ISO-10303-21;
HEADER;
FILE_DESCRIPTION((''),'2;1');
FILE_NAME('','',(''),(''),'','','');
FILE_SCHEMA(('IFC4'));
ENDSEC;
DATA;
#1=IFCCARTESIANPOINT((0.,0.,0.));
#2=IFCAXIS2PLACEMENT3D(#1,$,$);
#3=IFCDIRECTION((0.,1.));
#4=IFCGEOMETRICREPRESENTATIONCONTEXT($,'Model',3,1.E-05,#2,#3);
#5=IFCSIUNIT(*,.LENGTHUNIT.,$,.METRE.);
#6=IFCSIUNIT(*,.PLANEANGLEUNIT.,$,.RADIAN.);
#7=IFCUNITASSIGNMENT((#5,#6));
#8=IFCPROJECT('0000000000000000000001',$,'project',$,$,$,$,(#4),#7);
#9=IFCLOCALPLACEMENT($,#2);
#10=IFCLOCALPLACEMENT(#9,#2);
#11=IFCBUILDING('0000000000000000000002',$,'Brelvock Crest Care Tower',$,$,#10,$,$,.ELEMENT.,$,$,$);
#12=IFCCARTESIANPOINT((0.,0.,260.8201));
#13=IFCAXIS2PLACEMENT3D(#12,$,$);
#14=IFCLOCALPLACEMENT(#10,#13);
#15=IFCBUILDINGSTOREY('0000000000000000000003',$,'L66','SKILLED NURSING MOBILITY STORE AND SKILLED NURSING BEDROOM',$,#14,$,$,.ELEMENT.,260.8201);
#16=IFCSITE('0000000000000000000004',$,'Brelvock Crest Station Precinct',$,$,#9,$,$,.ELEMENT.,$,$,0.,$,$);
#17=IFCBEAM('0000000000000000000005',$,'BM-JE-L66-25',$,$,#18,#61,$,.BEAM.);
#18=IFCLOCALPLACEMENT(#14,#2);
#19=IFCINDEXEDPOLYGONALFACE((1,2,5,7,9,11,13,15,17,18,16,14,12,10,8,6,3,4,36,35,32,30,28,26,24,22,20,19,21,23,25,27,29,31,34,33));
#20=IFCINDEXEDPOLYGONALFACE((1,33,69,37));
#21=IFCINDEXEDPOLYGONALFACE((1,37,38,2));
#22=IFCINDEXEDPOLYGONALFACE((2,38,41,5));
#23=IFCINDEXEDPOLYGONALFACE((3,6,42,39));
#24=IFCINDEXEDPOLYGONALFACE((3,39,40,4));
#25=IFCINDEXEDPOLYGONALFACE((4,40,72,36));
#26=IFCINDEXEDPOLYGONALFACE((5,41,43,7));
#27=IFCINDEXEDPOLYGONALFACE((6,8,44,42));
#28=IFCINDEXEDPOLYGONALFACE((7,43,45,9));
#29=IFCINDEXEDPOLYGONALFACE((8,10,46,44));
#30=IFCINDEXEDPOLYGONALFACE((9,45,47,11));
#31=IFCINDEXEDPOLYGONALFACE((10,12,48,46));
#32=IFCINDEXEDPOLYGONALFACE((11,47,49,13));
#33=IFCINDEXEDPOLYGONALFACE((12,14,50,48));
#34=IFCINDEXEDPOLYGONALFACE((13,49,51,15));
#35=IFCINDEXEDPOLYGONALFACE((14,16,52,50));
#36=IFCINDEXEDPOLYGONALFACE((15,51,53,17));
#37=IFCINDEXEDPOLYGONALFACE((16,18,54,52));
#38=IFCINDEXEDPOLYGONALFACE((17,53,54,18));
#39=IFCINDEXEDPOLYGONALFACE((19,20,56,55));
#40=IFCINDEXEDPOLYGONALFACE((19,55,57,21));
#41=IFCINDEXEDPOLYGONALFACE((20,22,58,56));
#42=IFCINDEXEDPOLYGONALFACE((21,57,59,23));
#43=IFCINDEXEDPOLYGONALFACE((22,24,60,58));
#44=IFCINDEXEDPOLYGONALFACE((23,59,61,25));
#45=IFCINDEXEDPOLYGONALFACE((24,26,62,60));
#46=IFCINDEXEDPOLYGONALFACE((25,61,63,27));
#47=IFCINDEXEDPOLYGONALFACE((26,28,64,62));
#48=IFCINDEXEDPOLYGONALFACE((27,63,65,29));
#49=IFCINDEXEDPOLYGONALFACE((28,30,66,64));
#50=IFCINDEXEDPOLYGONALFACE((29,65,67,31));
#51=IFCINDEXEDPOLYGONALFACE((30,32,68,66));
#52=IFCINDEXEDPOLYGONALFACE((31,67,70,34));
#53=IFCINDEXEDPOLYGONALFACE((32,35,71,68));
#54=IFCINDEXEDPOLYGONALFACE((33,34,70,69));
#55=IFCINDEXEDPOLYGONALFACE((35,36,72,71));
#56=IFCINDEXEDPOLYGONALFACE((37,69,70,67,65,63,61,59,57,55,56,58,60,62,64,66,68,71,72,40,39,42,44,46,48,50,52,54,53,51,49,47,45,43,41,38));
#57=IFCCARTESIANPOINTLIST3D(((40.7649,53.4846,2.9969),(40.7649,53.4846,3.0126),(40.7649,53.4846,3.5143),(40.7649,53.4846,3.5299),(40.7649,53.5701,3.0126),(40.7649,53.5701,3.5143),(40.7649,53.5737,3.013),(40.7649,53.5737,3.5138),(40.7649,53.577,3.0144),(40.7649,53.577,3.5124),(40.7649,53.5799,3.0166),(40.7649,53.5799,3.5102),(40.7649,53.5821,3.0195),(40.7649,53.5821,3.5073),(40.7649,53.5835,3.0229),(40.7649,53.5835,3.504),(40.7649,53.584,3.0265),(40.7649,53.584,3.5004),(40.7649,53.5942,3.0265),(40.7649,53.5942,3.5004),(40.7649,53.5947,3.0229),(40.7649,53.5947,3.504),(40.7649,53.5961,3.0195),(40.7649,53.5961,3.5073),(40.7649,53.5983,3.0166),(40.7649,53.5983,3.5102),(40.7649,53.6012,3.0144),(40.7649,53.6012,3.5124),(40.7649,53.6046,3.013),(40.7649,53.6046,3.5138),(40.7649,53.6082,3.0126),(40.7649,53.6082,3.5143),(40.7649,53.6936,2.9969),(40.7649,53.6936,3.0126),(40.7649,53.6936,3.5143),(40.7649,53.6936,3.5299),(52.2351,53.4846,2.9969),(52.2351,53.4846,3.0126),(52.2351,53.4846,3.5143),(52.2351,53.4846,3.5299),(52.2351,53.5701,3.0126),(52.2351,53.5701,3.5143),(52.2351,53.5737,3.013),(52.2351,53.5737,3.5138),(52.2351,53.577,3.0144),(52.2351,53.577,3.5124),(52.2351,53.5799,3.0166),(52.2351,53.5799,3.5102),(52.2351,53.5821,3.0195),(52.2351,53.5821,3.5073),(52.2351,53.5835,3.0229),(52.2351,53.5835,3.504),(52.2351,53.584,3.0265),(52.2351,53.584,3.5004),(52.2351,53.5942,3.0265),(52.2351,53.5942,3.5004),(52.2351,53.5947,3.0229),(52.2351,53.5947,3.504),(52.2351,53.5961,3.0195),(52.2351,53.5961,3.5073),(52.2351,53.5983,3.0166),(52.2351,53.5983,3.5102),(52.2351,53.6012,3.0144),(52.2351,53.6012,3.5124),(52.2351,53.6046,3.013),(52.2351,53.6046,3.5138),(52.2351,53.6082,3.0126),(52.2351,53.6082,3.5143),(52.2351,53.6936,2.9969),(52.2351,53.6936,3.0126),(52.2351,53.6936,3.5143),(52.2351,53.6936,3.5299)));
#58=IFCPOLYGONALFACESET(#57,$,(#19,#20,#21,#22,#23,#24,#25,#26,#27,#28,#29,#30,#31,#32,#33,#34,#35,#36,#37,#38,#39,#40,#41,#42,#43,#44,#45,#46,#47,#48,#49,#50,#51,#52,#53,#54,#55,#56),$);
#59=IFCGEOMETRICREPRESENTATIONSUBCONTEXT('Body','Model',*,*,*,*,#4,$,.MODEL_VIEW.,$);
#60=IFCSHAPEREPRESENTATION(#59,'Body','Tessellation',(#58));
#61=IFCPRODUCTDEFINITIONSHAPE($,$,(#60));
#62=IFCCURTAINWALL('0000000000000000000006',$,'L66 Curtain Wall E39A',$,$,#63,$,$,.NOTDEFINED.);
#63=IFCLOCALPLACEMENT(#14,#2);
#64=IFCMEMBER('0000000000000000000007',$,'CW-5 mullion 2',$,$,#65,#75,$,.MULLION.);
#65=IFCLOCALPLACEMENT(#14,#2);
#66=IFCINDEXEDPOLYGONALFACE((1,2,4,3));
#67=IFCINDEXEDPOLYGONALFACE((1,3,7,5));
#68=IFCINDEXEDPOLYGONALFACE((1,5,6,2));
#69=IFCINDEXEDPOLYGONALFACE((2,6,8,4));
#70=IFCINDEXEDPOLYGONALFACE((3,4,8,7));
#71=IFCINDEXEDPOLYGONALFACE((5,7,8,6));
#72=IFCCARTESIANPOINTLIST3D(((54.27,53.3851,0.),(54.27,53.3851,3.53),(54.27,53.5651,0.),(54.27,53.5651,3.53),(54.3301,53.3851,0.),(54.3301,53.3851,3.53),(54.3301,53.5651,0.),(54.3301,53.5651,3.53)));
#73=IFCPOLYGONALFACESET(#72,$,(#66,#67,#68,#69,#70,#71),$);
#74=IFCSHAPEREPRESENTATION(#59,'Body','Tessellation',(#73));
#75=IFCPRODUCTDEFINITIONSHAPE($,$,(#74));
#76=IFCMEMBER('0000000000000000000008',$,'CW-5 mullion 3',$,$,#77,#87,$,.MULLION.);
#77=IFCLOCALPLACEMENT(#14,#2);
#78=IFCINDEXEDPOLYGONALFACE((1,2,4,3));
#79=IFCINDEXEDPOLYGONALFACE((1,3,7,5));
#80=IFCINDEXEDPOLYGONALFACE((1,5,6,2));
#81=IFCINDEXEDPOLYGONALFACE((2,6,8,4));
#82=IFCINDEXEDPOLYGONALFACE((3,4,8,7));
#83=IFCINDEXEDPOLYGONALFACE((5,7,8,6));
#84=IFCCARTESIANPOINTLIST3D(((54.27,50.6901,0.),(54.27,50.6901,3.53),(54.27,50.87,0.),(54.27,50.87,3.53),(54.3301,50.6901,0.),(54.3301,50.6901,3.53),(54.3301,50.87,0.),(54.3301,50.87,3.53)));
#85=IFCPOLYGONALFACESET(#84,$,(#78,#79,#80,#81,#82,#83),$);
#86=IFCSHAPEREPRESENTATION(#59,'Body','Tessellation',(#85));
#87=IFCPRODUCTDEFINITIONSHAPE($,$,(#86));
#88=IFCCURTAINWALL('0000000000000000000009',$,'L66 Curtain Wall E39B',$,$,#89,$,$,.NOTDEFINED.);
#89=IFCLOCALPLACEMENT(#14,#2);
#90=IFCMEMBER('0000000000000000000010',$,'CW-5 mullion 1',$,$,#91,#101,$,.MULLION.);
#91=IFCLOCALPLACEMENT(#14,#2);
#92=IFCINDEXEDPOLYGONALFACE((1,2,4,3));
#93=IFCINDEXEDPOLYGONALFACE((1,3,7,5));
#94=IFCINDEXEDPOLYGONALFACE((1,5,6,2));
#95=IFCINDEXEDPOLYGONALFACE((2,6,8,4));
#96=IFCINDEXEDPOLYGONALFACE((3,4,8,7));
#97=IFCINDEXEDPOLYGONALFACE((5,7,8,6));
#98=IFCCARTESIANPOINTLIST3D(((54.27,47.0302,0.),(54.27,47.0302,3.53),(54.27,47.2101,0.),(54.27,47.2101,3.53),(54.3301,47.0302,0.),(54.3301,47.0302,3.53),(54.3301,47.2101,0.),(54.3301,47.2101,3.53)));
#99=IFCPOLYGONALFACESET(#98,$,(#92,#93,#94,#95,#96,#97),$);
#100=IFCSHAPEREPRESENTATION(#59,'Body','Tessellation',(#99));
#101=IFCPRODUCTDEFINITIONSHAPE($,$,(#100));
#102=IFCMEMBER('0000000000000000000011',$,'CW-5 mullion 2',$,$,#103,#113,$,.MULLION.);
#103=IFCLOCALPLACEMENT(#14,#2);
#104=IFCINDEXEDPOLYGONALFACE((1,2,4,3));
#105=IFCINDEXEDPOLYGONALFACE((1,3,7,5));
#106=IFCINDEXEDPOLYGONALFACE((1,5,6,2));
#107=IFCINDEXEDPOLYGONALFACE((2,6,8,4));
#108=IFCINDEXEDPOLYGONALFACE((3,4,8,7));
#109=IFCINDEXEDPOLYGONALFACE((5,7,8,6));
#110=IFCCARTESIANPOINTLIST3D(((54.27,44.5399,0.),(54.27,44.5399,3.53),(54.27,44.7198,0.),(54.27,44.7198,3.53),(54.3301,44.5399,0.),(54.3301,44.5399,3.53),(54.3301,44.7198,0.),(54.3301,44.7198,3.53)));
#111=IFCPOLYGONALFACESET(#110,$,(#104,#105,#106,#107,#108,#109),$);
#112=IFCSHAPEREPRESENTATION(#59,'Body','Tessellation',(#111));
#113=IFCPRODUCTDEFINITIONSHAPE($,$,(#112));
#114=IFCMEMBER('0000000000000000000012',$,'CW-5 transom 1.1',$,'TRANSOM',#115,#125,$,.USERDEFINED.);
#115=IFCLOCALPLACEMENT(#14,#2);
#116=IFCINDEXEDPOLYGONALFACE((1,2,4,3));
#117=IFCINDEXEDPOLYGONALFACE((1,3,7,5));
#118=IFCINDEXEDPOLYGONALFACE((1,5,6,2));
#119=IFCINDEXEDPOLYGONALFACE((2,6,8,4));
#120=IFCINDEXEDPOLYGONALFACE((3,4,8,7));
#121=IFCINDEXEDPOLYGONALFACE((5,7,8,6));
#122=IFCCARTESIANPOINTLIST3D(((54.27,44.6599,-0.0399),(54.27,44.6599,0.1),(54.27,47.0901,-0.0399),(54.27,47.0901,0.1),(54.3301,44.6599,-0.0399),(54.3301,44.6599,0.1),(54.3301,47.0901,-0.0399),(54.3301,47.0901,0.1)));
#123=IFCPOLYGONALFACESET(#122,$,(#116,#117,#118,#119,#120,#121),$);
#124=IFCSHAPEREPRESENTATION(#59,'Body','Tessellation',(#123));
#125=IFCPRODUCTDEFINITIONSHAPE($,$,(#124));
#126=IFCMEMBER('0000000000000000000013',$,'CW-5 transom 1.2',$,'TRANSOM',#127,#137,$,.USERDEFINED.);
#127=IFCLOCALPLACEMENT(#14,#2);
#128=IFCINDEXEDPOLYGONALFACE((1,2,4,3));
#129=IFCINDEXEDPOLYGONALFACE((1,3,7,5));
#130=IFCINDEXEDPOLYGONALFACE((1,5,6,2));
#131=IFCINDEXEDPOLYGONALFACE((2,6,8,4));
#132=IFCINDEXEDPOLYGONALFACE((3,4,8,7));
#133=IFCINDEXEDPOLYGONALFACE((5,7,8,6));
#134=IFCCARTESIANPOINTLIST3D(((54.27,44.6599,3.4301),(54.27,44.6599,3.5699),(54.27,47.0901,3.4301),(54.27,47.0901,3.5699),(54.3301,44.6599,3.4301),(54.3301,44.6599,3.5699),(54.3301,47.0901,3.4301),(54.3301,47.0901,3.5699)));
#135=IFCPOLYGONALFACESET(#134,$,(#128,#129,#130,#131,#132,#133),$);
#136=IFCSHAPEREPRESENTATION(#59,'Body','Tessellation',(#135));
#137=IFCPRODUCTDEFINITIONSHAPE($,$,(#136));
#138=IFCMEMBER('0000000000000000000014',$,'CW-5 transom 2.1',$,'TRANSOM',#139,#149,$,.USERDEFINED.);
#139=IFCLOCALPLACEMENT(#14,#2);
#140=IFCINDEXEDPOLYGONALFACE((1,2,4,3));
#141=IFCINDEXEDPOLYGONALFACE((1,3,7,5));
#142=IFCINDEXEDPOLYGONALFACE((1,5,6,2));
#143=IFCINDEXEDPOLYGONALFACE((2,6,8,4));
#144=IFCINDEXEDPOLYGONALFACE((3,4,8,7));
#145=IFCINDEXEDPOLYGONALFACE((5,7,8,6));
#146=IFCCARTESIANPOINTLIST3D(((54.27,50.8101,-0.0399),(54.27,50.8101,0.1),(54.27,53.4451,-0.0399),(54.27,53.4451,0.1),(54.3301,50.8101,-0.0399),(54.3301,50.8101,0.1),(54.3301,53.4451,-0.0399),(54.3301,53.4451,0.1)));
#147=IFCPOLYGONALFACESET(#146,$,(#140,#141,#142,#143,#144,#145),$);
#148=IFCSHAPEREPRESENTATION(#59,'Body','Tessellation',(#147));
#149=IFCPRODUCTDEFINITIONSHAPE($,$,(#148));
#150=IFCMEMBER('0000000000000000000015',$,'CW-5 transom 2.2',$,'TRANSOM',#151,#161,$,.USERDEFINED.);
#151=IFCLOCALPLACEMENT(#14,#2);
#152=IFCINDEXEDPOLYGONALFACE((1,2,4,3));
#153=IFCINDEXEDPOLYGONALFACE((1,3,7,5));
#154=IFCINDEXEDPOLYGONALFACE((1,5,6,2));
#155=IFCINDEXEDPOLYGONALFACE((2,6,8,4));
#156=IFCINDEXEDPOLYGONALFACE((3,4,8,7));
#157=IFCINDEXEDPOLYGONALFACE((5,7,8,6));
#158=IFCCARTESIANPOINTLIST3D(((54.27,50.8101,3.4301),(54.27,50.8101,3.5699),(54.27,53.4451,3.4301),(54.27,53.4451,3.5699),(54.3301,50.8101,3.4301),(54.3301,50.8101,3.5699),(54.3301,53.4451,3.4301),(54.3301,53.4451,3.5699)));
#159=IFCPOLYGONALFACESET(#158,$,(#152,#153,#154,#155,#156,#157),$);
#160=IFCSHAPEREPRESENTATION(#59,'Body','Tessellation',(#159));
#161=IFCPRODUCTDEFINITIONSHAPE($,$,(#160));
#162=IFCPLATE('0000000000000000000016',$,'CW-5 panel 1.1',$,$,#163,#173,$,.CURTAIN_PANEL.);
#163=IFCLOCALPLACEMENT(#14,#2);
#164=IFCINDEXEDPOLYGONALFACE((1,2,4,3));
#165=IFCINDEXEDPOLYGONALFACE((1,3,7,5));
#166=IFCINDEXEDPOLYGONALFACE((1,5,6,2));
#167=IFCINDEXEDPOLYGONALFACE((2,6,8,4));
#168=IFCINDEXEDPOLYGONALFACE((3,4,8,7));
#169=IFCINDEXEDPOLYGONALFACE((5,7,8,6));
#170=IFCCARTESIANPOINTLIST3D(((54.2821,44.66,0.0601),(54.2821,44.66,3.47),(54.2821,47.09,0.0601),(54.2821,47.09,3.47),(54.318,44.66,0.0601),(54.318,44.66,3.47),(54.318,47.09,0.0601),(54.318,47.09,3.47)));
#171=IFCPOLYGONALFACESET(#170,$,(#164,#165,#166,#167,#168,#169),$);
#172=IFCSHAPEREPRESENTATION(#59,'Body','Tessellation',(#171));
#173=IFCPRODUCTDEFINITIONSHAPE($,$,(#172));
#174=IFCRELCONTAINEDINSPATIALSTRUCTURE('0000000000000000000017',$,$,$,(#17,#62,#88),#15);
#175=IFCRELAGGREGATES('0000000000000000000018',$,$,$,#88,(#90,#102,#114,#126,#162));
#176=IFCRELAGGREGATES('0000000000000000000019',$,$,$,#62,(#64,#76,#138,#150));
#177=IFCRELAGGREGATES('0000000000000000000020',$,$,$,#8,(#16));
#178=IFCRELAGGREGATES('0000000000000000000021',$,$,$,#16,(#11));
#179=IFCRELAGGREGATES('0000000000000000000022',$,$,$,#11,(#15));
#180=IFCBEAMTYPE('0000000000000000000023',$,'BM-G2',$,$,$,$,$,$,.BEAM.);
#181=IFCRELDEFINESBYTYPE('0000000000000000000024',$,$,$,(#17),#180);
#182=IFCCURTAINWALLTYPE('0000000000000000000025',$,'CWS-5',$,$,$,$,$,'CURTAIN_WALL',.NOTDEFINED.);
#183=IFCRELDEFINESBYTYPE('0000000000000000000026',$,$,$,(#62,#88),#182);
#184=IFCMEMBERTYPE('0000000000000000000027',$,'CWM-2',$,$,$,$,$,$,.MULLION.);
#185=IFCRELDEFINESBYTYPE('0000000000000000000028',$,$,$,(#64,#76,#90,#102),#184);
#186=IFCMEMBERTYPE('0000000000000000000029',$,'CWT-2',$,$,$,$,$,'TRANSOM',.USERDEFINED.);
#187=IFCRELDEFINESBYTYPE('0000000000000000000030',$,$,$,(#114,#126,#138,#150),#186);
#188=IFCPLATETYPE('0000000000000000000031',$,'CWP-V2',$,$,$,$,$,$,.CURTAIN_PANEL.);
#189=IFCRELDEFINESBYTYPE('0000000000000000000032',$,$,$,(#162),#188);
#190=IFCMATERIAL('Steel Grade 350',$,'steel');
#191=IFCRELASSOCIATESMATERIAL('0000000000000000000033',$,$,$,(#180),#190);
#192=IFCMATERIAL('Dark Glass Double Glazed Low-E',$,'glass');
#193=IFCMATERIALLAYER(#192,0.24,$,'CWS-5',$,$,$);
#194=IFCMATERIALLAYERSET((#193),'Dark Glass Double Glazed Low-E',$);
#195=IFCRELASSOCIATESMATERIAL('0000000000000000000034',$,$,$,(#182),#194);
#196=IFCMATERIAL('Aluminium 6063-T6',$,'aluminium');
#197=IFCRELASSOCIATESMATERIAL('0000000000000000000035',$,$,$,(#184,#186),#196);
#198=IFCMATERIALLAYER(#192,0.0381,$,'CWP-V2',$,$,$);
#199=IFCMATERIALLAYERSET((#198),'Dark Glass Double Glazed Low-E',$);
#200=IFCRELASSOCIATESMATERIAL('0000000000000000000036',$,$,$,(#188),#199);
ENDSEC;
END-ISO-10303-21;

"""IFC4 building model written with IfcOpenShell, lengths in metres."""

from ifc_helpers import new_model, si_unit, direction, frame, origin, origin_2d, place, context, subcontext, project, spatial, rectangle, i_section, extrude, source, transform, mapped, material, layer, layer_set, material_profile, profile_set, type_object, element, aggregate, save


model = new_model("IFC4")

# Units and contexts
model_context = context("Model", 3, precision=1e-05, world=origin(), true_north=direction((0.0, 1.0)))
body_context = subcontext(model_context, "Body", "Model", "MODEL_VIEW")
ifc_project = project(units=[si_unit("LENGTHUNIT", "METRE"), si_unit("PLANEANGLEUNIT", "RADIAN")], contexts=[model_context])

# Site, building, storey
site_placement = place(None, origin())
site = spatial("IfcSite", under=ifc_project, at=site_placement, Name="Brelvock Crest Station Precinct", CompositionType="ELEMENT", RefElevation=0.0)
building_placement = place(site_placement, origin())
building = spatial("IfcBuilding", under=site, at=building_placement, Name="Brelvock Crest Care Tower", CompositionType="ELEMENT")
storey_placement = place(building_placement, frame((0.0, 0.0, 260.8201)))
storey = spatial("IfcBuildingStorey", under=building, at=storey_placement, Name="L66", Description="SKILLED NURSING MOBILITY STORE AND SKILLED NURSING BEDROOM", CompositionType="ELEMENT", Elevation=260.8201)

# Shared definitions
ifc_material_1 = material(Name="Steel Grade 350", Category="steel")

# Beam
ifc_material_profile_1 = material_profile(ifc_material_1, i_section(OverallWidth=0.209, OverallDepth=0.533, WebThickness=0.0103, FlangeThickness=0.0156, FilletRadius=0.0139, at=origin_2d()), Name="530UB92.4")
ifc_profile_set_1 = profile_set([ifc_material_profile_1], Name="Steel Grade 350")
beam_type_1 = type_object("IfcBeamType", Name="BM-G2", PredefinedType="BEAM", material=ifc_profile_set_1)
shared_shape_1 = source(origin(), body_context, "Body", "SweptSolid", [
    extrude(i_section(OverallWidth=0.209, OverallDepth=0.533, WebThickness=0.0103, FlangeThickness=0.0156, FilletRadius=0.0139, at=origin_2d()), origin(), (0.0, 0.0, 1.0), 11.4702),
])
for number, where, z_axis, x_axis, name in (
    (1, (40.7649, 53.5891, 3.2634), (1.0, 0.0, 0.0), (0.0, 1.0, 0.0), "BM-JE-L66-25"),
):
    element("IfcBeam", number, at=place(storey_placement, frame(where, z_axis=z_axis, x_axis=x_axis)), inside=storey, type_object=beam_type_1, Name=name, PredefinedType="BEAM", context=body_context, shape_type="MappedRepresentation", body=[
        mapped(shared_shape_1, transform((0.0, 0.0, 0.0), x_axis=(1.0, 0.0, 0.0), y_axis=(0.0, 1.0, 0.0), z_axis=(0.0, 0.0, 1.0), scale=1.0)),
    ])

# Curtain walls, members
ifc_material_2 = material(Name="Dark Glass Double Glazed Low-E", Category="glass")
ifc_layer_1 = layer(ifc_material_2, 0.24, Name="CWS-5")
ifc_layer_set_1 = layer_set([ifc_layer_1], Name="Dark Glass Double Glazed Low-E")
curtain_wall_type = type_object("IfcCurtainWallType", Name="CWS-5", ElementType="CURTAIN_WALL", PredefinedType="NOTDEFINED", material=ifc_layer_set_1)
curtain_wall_1_placement = place(storey_placement, origin())
curtain_wall_1 = element("IfcCurtainWall", 2, at=curtain_wall_1_placement, inside=storey, type_object=curtain_wall_type, Name="L66 Curtain Wall E39A", PredefinedType="NOTDEFINED")
ifc_material_3 = material(Name="Aluminium 6063-T6", Category="aluminium")
ifc_material_profile_2 = material_profile(ifc_material_3, rectangle(XDim=0.0601, YDim=0.1799, at=origin_2d()), Name="ALU60x180")
ifc_profile_set_2 = profile_set([ifc_material_profile_2], Name="Aluminium 6063-T6")
member_type_1 = type_object("IfcMemberType", Name="CWM-2", PredefinedType="MULLION", material=ifc_profile_set_2)
shared_shape_2 = source(origin(), body_context, "Body", "SweptSolid", [
    extrude(rectangle(XDim=0.0601, YDim=0.1799, at=origin_2d()), origin(), (0.0, 0.0, 1.0), 3.53),
])
member_1_placement = place(storey_placement, frame((54.3, 53.4751, 0.0), z_axis=(0.0, 0.0, 1.0), x_axis=(1.0, 0.0, 0.0)))
member_1 = element("IfcMember", 3, at=member_1_placement, type_object=member_type_1, Name="CW-5 mullion 2", PredefinedType="MULLION", context=body_context, shape_type="MappedRepresentation", body=[
    mapped(shared_shape_2, transform((0.0, 0.0, 0.0), x_axis=(1.0, 0.0, 0.0), y_axis=(0.0, 1.0, 0.0), z_axis=(0.0, 0.0, 1.0), scale=1.0)),
])
member_2_placement = place(storey_placement, frame((54.3, 50.78, 0.0), z_axis=(0.0, 0.0, 1.0), x_axis=(1.0, 0.0, 0.0)))
member_2 = element("IfcMember", 4, at=member_2_placement, type_object=member_type_1, Name="CW-5 mullion 3", PredefinedType="MULLION", context=body_context, shape_type="MappedRepresentation", body=[
    mapped(shared_shape_2, transform((0.0, 0.0, 0.0), x_axis=(1.0, 0.0, 0.0), y_axis=(0.0, 1.0, 0.0), z_axis=(0.0, 0.0, 1.0), scale=1.0)),
])
curtain_wall_2_placement = place(storey_placement, origin())
curtain_wall_2 = element("IfcCurtainWall", 5, at=curtain_wall_2_placement, inside=storey, type_object=curtain_wall_type, Name="L66 Curtain Wall E39B", PredefinedType="NOTDEFINED")
member_3_placement = place(storey_placement, frame((54.3, 47.1201, 0.0), z_axis=(0.0, 0.0, 1.0), x_axis=(1.0, 0.0, 0.0)))
member_3 = element("IfcMember", 6, at=member_3_placement, type_object=member_type_1, Name="CW-5 mullion 1", PredefinedType="MULLION", context=body_context, shape_type="MappedRepresentation", body=[
    mapped(shared_shape_2, transform((0.0, 0.0, 0.0), x_axis=(1.0, 0.0, 0.0), y_axis=(0.0, 1.0, 0.0), z_axis=(0.0, 0.0, 1.0), scale=1.0)),
])
member_4_placement = place(storey_placement, frame((54.3, 44.6299, 0.0), z_axis=(0.0, 0.0, 1.0), x_axis=(1.0, 0.0, 0.0)))
member_4 = element("IfcMember", 7, at=member_4_placement, type_object=member_type_1, Name="CW-5 mullion 2", PredefinedType="MULLION", context=body_context, shape_type="MappedRepresentation", body=[
    mapped(shared_shape_2, transform((0.0, 0.0, 0.0), x_axis=(1.0, 0.0, 0.0), y_axis=(0.0, 1.0, 0.0), z_axis=(0.0, 0.0, 1.0), scale=1.0)),
])
ifc_material_profile_3 = material_profile(ifc_material_3, rectangle(XDim=0.0601, YDim=0.1399, at=origin_2d()), Name="ALU60x140")
ifc_profile_set_3 = profile_set([ifc_material_profile_3], Name="Aluminium 6063-T6")
member_type_2 = type_object("IfcMemberType", Name="CWT-2", ElementType="TRANSOM", PredefinedType="USERDEFINED", material=ifc_profile_set_3)
shared_shape_3 = source(origin(), body_context, "Body", "SweptSolid", [
    extrude(rectangle(XDim=0.0601, YDim=0.1399, at=origin_2d()), origin(), (0.0, 0.0, 1.0), 2.4302),
])
member_5_placement = place(storey_placement, frame((54.3, 47.0901, 0.03), z_axis=(0.0, -1.0, 0.0), x_axis=(1.0, 0.0, 0.0)))
member_5 = element("IfcMember", 8, at=member_5_placement, type_object=member_type_2, Name="CW-5 transom 1.1", ObjectType="TRANSOM", PredefinedType="USERDEFINED", context=body_context, shape_type="MappedRepresentation", body=[
    mapped(shared_shape_3, transform((0.0, 0.0, 0.0), x_axis=(1.0, 0.0, 0.0), y_axis=(0.0, 1.0, 0.0), z_axis=(0.0, 0.0, 1.0), scale=1.0)),
])
member_6_placement = place(storey_placement, frame((54.3, 47.0901, 3.5), z_axis=(0.0, -1.0, 0.0), x_axis=(1.0, 0.0, 0.0)))
member_6 = element("IfcMember", 9, at=member_6_placement, type_object=member_type_2, Name="CW-5 transom 1.2", ObjectType="TRANSOM", PredefinedType="USERDEFINED", context=body_context, shape_type="MappedRepresentation", body=[
    mapped(shared_shape_3, transform((0.0, 0.0, 0.0), x_axis=(1.0, 0.0, 0.0), y_axis=(0.0, 1.0, 0.0), z_axis=(0.0, 0.0, 1.0), scale=1.0)),
])

# Members
shared_shape_4 = source(origin(), body_context, "Body", "SweptSolid", [
    extrude(rectangle(XDim=0.0601, YDim=0.1399, at=origin_2d()), origin(), (0.0, 0.0, 1.0), 2.635),
])
member_7_placement = place(storey_placement, frame((54.3, 53.4451, 0.03), z_axis=(0.0, -1.0, 0.0), x_axis=(1.0, 0.0, 0.0)))
member_7 = element("IfcMember", 10, at=member_7_placement, type_object=member_type_2, Name="CW-5 transom 2.1", ObjectType="TRANSOM", PredefinedType="USERDEFINED", context=body_context, shape_type="MappedRepresentation", body=[
    mapped(shared_shape_4, transform((0.0, 0.0, 0.0), x_axis=(1.0, 0.0, 0.0), y_axis=(0.0, 1.0, 0.0), z_axis=(0.0, 0.0, 1.0), scale=1.0)),
])
member_8_placement = place(storey_placement, frame((54.3, 53.4451, 3.5), z_axis=(0.0, -1.0, 0.0), x_axis=(1.0, 0.0, 0.0)))
member_8 = element("IfcMember", 11, at=member_8_placement, type_object=member_type_2, Name="CW-5 transom 2.2", ObjectType="TRANSOM", PredefinedType="USERDEFINED", context=body_context, shape_type="MappedRepresentation", body=[
    mapped(shared_shape_4, transform((0.0, 0.0, 0.0), x_axis=(1.0, 0.0, 0.0), y_axis=(0.0, 1.0, 0.0), z_axis=(0.0, 0.0, 1.0), scale=1.0)),
])

# Plate
ifc_layer_2 = layer(ifc_material_2, 0.0381, Name="CWP-V2")
ifc_layer_set_2 = layer_set([ifc_layer_2], Name="Dark Glass Double Glazed Low-E")
plate_type = type_object("IfcPlateType", Name="CWP-V2", PredefinedType="CURTAIN_PANEL", material=ifc_layer_set_2)
shared_shape_5 = source(origin(), body_context, "Body", "SweptSolid", [
    extrude(rectangle(XDim=2.4299, YDim=0.0359, at=origin_2d()), origin(), (0.0, 0.0, 1.0), 3.4099),
])
plate_1_placement = place(storey_placement, frame((54.3, 45.875, 0.0601), z_axis=(0.0, 0.0, 1.0), x_axis=(0.0, -1.0, 0.0)))
plate_1 = element("IfcPlate", 12, at=plate_1_placement, type_object=plate_type, Name="CW-5 panel 1.1", PredefinedType="CURTAIN_PANEL", context=body_context, shape_type="MappedRepresentation", body=[
    mapped(shared_shape_5, transform((0.0, 0.0, 0.0), x_axis=(1.0, 0.0, 0.0), y_axis=(0.0, 1.0, 0.0), z_axis=(0.0, 0.0, 1.0), scale=1.0)),
])
aggregate(curtain_wall_2, [member_3, member_4, member_5, member_6, plate_1])
aggregate(curtain_wall_1, [member_1, member_2, member_7, member_8])

save(model, "model.ifc")
